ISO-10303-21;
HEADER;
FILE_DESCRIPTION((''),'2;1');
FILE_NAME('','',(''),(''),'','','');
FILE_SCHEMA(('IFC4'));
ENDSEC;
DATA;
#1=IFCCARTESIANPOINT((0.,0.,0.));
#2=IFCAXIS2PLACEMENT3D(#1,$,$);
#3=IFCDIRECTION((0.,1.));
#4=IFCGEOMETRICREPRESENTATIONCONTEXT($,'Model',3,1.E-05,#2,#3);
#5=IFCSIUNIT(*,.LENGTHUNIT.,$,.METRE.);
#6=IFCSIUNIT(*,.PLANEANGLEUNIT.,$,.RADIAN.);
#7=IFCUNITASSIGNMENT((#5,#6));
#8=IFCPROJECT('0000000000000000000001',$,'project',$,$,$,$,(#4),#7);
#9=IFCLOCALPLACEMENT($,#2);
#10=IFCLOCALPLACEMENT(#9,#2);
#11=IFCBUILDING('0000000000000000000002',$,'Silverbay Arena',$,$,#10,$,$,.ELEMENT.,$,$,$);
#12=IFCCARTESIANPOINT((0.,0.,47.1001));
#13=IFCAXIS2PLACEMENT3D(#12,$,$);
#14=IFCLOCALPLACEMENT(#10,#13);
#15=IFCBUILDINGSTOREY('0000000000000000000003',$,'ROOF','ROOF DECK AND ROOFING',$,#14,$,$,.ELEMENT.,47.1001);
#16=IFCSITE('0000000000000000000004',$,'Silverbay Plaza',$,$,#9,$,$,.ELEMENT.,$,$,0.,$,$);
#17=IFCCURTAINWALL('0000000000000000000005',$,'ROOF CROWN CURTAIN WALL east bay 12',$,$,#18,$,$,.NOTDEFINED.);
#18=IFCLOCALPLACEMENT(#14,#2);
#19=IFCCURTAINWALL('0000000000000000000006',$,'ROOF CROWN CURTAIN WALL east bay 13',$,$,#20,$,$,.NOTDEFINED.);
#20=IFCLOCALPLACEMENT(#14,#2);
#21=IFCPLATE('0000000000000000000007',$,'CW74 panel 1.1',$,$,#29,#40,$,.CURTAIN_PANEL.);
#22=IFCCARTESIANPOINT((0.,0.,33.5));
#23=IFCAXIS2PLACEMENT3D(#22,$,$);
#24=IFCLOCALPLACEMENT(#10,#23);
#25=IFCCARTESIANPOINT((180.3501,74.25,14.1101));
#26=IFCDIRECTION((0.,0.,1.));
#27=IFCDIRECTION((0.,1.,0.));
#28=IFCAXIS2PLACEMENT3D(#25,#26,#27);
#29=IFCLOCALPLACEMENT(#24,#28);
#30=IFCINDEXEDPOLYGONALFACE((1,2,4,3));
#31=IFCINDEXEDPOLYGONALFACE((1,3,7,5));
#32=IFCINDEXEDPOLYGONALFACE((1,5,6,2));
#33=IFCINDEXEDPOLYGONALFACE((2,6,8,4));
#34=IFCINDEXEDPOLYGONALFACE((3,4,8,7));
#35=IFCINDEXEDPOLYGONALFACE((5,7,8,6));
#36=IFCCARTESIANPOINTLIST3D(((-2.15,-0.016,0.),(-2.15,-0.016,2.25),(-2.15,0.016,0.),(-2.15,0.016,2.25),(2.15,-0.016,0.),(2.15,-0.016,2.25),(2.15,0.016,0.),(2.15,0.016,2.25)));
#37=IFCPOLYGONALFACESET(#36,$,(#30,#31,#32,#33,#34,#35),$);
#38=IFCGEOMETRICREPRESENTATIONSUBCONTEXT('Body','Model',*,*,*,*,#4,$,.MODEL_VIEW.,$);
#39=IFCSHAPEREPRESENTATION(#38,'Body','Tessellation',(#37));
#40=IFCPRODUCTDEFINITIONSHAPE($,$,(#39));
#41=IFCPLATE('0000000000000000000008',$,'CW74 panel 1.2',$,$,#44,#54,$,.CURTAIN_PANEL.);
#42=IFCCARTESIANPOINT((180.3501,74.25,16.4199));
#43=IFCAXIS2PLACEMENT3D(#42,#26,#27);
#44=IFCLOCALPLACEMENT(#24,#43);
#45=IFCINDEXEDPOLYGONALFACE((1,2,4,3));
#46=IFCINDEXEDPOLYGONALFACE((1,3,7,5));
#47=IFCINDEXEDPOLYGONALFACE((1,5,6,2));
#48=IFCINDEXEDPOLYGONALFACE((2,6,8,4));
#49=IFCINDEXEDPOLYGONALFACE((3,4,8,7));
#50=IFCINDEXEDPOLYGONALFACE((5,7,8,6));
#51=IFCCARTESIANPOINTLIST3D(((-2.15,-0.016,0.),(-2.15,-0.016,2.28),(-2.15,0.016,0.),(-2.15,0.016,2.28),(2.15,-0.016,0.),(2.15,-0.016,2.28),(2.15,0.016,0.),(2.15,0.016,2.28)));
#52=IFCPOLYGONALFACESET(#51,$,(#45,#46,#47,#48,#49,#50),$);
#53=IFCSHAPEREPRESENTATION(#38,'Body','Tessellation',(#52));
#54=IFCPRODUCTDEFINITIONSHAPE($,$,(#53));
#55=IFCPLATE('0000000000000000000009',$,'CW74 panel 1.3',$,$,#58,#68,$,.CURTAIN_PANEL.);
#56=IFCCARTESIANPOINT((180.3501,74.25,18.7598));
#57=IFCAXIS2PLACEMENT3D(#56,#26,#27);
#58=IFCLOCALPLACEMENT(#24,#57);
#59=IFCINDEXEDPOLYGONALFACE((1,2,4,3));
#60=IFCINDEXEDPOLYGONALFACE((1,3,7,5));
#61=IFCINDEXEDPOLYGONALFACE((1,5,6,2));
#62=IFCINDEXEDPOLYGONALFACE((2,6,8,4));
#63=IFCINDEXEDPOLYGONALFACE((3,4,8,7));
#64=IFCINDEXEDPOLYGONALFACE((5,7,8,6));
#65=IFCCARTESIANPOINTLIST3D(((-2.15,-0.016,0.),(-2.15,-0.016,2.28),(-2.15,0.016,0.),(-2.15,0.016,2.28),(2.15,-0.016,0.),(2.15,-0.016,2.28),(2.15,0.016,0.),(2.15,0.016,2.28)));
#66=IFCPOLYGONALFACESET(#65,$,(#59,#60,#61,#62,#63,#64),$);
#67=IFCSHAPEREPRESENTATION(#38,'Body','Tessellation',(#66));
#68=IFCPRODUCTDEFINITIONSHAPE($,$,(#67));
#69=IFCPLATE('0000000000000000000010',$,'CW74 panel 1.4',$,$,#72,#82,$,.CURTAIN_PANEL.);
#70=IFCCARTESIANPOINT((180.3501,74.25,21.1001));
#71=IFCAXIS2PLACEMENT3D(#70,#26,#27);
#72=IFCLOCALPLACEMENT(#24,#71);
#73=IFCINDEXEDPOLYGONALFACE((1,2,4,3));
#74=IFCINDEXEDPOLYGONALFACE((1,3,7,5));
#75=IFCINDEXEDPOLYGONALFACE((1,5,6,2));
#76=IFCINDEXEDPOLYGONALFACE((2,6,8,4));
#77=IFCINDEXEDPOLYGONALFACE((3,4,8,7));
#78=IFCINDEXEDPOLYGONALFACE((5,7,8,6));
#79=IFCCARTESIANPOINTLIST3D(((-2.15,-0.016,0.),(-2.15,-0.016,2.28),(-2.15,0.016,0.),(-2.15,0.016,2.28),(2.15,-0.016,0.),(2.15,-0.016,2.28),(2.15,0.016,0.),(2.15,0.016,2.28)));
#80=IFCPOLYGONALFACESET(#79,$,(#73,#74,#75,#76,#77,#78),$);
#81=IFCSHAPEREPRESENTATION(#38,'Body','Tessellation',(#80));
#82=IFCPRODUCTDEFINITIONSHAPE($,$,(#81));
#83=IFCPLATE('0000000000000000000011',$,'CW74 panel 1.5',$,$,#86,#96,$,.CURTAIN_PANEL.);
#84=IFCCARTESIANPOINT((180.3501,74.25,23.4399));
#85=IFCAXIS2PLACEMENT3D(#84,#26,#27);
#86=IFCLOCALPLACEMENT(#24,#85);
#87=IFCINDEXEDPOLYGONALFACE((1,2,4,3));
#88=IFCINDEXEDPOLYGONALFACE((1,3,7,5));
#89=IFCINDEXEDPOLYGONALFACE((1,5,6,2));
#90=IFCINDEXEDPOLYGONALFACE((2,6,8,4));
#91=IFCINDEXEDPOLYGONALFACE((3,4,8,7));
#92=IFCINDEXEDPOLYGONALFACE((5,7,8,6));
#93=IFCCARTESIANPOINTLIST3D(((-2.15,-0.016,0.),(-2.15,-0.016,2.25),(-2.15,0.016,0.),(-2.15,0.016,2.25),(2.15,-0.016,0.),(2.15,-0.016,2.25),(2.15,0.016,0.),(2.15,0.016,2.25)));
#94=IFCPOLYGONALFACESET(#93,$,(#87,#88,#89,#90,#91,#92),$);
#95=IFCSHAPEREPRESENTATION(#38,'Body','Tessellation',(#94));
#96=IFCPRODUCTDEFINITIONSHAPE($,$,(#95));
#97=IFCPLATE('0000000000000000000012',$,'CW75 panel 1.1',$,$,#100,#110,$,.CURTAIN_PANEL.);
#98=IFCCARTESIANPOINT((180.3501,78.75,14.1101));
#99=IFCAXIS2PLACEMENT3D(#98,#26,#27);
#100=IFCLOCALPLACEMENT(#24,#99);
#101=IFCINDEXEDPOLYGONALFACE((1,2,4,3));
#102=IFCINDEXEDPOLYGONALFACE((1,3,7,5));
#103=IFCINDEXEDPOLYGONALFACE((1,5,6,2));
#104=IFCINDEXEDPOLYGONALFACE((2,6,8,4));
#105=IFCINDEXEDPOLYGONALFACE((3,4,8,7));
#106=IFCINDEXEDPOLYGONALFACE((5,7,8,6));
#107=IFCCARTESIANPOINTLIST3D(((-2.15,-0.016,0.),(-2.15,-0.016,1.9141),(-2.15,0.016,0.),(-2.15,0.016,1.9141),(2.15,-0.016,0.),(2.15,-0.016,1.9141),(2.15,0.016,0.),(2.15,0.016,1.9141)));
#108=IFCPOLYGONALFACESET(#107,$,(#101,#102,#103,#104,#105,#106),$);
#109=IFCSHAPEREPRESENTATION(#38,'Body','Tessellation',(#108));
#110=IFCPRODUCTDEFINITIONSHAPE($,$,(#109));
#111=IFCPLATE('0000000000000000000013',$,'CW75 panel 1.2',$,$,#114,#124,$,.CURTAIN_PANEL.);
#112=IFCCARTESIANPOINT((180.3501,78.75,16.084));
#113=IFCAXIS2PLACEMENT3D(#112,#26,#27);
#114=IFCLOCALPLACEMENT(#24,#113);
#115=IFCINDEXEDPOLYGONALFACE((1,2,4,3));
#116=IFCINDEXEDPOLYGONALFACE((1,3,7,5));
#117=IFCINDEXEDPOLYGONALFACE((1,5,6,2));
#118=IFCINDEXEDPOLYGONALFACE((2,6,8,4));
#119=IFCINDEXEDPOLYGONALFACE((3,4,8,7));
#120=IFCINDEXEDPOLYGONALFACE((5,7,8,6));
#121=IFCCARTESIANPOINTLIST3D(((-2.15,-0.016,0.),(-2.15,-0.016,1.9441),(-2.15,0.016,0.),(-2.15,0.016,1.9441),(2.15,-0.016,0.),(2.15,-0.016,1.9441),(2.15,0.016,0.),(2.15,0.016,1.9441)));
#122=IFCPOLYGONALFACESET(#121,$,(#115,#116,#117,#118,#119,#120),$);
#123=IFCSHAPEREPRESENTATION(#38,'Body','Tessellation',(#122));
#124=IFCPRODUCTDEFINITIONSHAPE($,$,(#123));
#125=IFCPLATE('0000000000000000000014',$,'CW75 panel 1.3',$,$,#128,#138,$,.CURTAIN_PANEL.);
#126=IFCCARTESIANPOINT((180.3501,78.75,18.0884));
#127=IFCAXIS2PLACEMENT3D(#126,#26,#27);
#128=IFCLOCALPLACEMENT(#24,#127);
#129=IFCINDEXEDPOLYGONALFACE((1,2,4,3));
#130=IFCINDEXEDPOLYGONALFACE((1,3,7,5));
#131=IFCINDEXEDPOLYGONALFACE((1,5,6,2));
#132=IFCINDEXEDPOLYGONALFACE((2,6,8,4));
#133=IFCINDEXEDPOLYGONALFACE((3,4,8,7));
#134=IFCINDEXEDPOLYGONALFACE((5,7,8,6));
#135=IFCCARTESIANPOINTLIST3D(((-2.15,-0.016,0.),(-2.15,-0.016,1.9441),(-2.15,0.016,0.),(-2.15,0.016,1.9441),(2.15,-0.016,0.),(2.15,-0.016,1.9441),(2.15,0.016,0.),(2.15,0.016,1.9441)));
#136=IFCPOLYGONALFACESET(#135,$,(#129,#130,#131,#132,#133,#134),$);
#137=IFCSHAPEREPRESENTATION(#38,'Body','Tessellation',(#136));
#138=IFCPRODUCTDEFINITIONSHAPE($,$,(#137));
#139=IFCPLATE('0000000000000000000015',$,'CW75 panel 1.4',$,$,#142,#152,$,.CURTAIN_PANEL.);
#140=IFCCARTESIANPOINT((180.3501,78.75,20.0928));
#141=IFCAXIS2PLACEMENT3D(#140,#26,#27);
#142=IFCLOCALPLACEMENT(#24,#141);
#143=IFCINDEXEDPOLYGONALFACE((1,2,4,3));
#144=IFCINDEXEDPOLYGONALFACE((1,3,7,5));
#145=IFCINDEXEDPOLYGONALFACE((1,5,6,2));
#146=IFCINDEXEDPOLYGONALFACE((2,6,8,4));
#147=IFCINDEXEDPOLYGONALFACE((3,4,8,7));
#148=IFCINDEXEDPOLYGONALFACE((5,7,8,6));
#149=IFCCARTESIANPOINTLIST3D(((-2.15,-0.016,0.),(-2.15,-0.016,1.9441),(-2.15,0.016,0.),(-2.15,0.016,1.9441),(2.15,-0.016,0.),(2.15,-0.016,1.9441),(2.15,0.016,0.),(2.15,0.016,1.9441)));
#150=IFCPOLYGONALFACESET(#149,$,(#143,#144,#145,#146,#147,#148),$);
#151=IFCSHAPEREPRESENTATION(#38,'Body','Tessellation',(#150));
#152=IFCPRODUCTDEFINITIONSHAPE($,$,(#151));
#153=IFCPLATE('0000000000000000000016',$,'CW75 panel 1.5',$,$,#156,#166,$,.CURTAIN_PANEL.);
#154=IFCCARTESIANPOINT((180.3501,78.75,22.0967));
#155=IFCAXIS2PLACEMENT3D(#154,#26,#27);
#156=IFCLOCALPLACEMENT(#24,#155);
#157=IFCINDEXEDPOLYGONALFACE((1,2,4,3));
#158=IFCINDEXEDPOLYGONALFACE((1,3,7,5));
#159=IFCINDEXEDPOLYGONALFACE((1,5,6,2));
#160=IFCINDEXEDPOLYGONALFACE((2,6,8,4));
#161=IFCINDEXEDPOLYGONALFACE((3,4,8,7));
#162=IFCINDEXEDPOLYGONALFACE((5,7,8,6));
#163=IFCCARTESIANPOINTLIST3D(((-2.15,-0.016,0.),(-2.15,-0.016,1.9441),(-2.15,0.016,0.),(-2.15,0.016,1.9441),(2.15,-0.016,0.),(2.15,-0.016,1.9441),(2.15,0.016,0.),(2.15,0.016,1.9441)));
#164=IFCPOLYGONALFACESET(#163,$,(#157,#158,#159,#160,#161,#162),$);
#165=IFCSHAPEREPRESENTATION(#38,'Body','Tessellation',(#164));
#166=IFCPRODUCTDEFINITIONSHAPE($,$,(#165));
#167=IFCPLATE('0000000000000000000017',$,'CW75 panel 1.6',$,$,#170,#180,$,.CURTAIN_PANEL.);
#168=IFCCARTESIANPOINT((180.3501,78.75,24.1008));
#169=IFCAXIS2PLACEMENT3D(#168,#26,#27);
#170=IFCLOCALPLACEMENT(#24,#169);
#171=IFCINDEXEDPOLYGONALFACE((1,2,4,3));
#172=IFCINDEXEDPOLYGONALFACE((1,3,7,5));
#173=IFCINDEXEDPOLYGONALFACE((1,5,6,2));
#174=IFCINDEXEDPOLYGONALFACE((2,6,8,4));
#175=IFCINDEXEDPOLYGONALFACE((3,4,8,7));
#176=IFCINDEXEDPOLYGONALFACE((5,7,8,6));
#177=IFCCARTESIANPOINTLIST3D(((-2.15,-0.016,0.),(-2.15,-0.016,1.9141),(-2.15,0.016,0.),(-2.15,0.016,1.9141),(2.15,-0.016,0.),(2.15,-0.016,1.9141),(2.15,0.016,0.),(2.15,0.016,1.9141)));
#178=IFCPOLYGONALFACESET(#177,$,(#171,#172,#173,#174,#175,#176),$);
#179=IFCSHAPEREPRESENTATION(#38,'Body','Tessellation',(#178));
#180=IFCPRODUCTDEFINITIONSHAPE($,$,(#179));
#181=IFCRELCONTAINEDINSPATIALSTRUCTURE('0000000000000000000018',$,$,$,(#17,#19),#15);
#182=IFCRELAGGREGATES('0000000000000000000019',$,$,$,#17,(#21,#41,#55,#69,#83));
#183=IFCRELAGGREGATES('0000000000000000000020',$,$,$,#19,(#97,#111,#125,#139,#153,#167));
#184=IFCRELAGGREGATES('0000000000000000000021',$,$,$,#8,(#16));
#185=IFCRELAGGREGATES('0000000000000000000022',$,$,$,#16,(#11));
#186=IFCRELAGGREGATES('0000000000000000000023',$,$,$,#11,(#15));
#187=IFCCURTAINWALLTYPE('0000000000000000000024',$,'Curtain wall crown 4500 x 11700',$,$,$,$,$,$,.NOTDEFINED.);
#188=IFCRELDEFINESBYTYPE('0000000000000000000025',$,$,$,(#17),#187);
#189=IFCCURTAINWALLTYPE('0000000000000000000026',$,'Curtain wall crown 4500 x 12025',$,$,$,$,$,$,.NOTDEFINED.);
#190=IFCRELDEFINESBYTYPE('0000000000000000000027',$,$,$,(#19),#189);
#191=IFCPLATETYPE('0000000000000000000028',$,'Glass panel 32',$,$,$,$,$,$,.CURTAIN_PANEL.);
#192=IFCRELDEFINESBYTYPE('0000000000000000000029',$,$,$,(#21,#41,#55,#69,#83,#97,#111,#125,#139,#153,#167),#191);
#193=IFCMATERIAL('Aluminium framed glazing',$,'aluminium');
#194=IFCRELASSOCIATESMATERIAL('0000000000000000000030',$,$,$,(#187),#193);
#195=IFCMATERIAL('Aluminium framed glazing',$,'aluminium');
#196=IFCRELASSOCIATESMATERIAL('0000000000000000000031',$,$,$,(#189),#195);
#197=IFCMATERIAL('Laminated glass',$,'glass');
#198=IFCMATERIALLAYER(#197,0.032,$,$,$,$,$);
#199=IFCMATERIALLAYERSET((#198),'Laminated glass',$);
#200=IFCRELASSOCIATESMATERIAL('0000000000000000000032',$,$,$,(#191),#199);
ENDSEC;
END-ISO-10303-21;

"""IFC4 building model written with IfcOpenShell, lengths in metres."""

from ifc_helpers import new_model, si_unit, direction, frame, origin, origin_2d, place, context, subcontext, project, spatial, rectangle, extrude, material, layer, layer_set, type_object, element, aggregate, save


model = new_model("IFC4")

# Units and contexts
model_context = context("Model", 3, precision=1e-05, world=origin(), true_north=direction((0.0, 1.0)))
body_context = subcontext(model_context, "Body", "Model", "MODEL_VIEW")
ifc_project = project(units=[si_unit("LENGTHUNIT", "METRE"), si_unit("PLANEANGLEUNIT", "RADIAN")], contexts=[model_context])

# Site, building, storey
site_placement = place(None, origin())
site = spatial("IfcSite", under=ifc_project, at=site_placement, Name="Silverbay Plaza", CompositionType="ELEMENT", RefElevation=0.0)
building_placement = place(site_placement, origin())
building = spatial("IfcBuilding", under=site, at=building_placement, Name="Silverbay Arena", CompositionType="ELEMENT")
storey_placement = place(building_placement, frame((0.0, 0.0, 47.1001)))
storey = spatial("IfcBuildingStorey", under=building, at=storey_placement, Name="ROOF", Description="ROOF DECK AND ROOFING", CompositionType="ELEMENT", Elevation=47.1001)

# Curtain walls
ifc_material_1 = material(Name="Aluminium framed glazing", Category="aluminium")
curtain_wall_type_1 = type_object("IfcCurtainWallType", Name="Curtain wall crown 4500 x 11700", PredefinedType="NOTDEFINED", material=ifc_material_1)
curtain_wall_1_placement = place(storey_placement, origin())
curtain_wall_1 = element("IfcCurtainWall", 1, at=curtain_wall_1_placement, inside=storey, type_object=curtain_wall_type_1, Name="ROOF CROWN CURTAIN WALL east bay 12", PredefinedType="NOTDEFINED")
placement = place(building_placement, frame((0.0, 0.0, 33.5)))
ifc_material_2 = material(Name="Aluminium framed glazing", Category="aluminium")
curtain_wall_type_2 = type_object("IfcCurtainWallType", Name="Curtain wall crown 4500 x 12025", PredefinedType="NOTDEFINED", material=ifc_material_2)
curtain_wall_2_placement = place(storey_placement, origin())
curtain_wall_2 = element("IfcCurtainWall", 2, at=curtain_wall_2_placement, inside=storey, type_object=curtain_wall_type_2, Name="ROOF CROWN CURTAIN WALL east bay 13", PredefinedType="NOTDEFINED")

# Plates
ifc_material_3 = material(Name="Laminated glass", Category="glass")
ifc_layer_1 = layer(ifc_material_3, 0.032)
ifc_layer_set_1 = layer_set([ifc_layer_1], Name="Laminated glass")
plate_type = type_object("IfcPlateType", Name="Glass panel 32", PredefinedType="CURTAIN_PANEL", material=ifc_layer_set_1)
plate_1_placement = place(placement, frame((180.3501, 74.25, 14.1101), z_axis=(0.0, 0.0, 1.0), x_axis=(0.0, 1.0, 0.0)))
plate_1 = element("IfcPlate", 3, at=plate_1_placement, type_object=plate_type, Name="CW74 panel 1.1", PredefinedType="CURTAIN_PANEL", context=body_context, shape_type="SweptSolid", body=[
    extrude(rectangle(XDim=4.3, YDim=0.032, at=origin_2d()), origin(), (0.0, 0.0, 1.0), 2.25),
])
plate_2_placement = place(placement, frame((180.3501, 74.25, 16.4199), z_axis=(0.0, 0.0, 1.0), x_axis=(0.0, 1.0, 0.0)))
plate_2 = element("IfcPlate", 4, at=plate_2_placement, type_object=plate_type, Name="CW74 panel 1.2", PredefinedType="CURTAIN_PANEL", context=body_context, shape_type="SweptSolid", body=[
    extrude(rectangle(XDim=4.3, YDim=0.032, at=origin_2d()), origin(), (0.0, 0.0, 1.0), 2.28),
])
plate_3_placement = place(placement, frame((180.3501, 74.25, 18.7598), z_axis=(0.0, 0.0, 1.0), x_axis=(0.0, 1.0, 0.0)))
plate_3 = element("IfcPlate", 5, at=plate_3_placement, type_object=plate_type, Name="CW74 panel 1.3", PredefinedType="CURTAIN_PANEL", context=body_context, shape_type="SweptSolid", body=[
    extrude(rectangle(XDim=4.3, YDim=0.032, at=origin_2d()), origin(), (0.0, 0.0, 1.0), 2.28),
])
plate_4_placement = place(placement, frame((180.3501, 74.25, 21.1001), z_axis=(0.0, 0.0, 1.0), x_axis=(0.0, 1.0, 0.0)))
plate_4 = element("IfcPlate", 6, at=plate_4_placement, type_object=plate_type, Name="CW74 panel 1.4", PredefinedType="CURTAIN_PANEL", context=body_context, shape_type="SweptSolid", body=[
    extrude(rectangle(XDim=4.3, YDim=0.032, at=origin_2d()), origin(), (0.0, 0.0, 1.0), 2.28),
])
plate_5_placement = place(placement, frame((180.3501, 74.25, 23.4399), z_axis=(0.0, 0.0, 1.0), x_axis=(0.0, 1.0, 0.0)))
plate_5 = element("IfcPlate", 7, at=plate_5_placement, type_object=plate_type, Name="CW74 panel 1.5", PredefinedType="CURTAIN_PANEL", context=body_context, shape_type="SweptSolid", body=[
    extrude(rectangle(XDim=4.3, YDim=0.032, at=origin_2d()), origin(), (0.0, 0.0, 1.0), 2.25),
])
aggregate(curtain_wall_1, [plate_1, plate_2, plate_3, plate_4, plate_5])
plate_6_placement = place(placement, frame((180.3501, 78.75, 14.1101), z_axis=(0.0, 0.0, 1.0), x_axis=(0.0, 1.0, 0.0)))
plate_6 = element("IfcPlate", 8, at=plate_6_placement, type_object=plate_type, Name="CW75 panel 1.1", PredefinedType="CURTAIN_PANEL", context=body_context, shape_type="SweptSolid", body=[
    extrude(rectangle(XDim=4.3, YDim=0.032, at=origin_2d()), origin(), (0.0, 0.0, 1.0), 1.9141),
])
plate_7_placement = place(placement, frame((180.3501, 78.75, 16.084), z_axis=(0.0, 0.0, 1.0), x_axis=(0.0, 1.0, 0.0)))
plate_7 = element("IfcPlate", 9, at=plate_7_placement, type_object=plate_type, Name="CW75 panel 1.2", PredefinedType="CURTAIN_PANEL", context=body_context, shape_type="SweptSolid", body=[
    extrude(rectangle(XDim=4.3, YDim=0.032, at=origin_2d()), origin(), (0.0, 0.0, 1.0), 1.9441),
])
plate_8_placement = place(placement, frame((180.3501, 78.75, 18.0884), z_axis=(0.0, 0.0, 1.0), x_axis=(0.0, 1.0, 0.0)))
plate_8 = element("IfcPlate", 10, at=plate_8_placement, type_object=plate_type, Name="CW75 panel 1.3", PredefinedType="CURTAIN_PANEL", context=body_context, shape_type="SweptSolid", body=[
    extrude(rectangle(XDim=4.3, YDim=0.032, at=origin_2d()), origin(), (0.0, 0.0, 1.0), 1.9441),
])
plate_9_placement = place(placement, frame((180.3501, 78.75, 20.0928), z_axis=(0.0, 0.0, 1.0), x_axis=(0.0, 1.0, 0.0)))
plate_9 = element("IfcPlate", 11, at=plate_9_placement, type_object=plate_type, Name="CW75 panel 1.4", PredefinedType="CURTAIN_PANEL", context=body_context, shape_type="SweptSolid", body=[
    extrude(rectangle(XDim=4.3, YDim=0.032, at=origin_2d()), origin(), (0.0, 0.0, 1.0), 1.9441),
])
plate_10_placement = place(placement, frame((180.3501, 78.75, 22.0967), z_axis=(0.0, 0.0, 1.0), x_axis=(0.0, 1.0, 0.0)))
plate_10 = element("IfcPlate", 12, at=plate_10_placement, type_object=plate_type, Name="CW75 panel 1.5", PredefinedType="CURTAIN_PANEL", context=body_context, shape_type="SweptSolid", body=[
    extrude(rectangle(XDim=4.3, YDim=0.032, at=origin_2d()), origin(), (0.0, 0.0, 1.0), 1.9441),
])
plate_11_placement = place(placement, frame((180.3501, 78.75, 24.1008), z_axis=(0.0, 0.0, 1.0), x_axis=(0.0, 1.0, 0.0)))
plate_11 = element("IfcPlate", 13, at=plate_11_placement, type_object=plate_type, Name="CW75 panel 1.6", PredefinedType="CURTAIN_PANEL", context=body_context, shape_type="SweptSolid", body=[
    extrude(rectangle(XDim=4.3, YDim=0.032, at=origin_2d()), origin(), (0.0, 0.0, 1.0), 1.9141),
])
aggregate(curtain_wall_2, [plate_6, plate_7, plate_8, plate_9, plate_10, plate_11])

save(model, "model.ifc")
